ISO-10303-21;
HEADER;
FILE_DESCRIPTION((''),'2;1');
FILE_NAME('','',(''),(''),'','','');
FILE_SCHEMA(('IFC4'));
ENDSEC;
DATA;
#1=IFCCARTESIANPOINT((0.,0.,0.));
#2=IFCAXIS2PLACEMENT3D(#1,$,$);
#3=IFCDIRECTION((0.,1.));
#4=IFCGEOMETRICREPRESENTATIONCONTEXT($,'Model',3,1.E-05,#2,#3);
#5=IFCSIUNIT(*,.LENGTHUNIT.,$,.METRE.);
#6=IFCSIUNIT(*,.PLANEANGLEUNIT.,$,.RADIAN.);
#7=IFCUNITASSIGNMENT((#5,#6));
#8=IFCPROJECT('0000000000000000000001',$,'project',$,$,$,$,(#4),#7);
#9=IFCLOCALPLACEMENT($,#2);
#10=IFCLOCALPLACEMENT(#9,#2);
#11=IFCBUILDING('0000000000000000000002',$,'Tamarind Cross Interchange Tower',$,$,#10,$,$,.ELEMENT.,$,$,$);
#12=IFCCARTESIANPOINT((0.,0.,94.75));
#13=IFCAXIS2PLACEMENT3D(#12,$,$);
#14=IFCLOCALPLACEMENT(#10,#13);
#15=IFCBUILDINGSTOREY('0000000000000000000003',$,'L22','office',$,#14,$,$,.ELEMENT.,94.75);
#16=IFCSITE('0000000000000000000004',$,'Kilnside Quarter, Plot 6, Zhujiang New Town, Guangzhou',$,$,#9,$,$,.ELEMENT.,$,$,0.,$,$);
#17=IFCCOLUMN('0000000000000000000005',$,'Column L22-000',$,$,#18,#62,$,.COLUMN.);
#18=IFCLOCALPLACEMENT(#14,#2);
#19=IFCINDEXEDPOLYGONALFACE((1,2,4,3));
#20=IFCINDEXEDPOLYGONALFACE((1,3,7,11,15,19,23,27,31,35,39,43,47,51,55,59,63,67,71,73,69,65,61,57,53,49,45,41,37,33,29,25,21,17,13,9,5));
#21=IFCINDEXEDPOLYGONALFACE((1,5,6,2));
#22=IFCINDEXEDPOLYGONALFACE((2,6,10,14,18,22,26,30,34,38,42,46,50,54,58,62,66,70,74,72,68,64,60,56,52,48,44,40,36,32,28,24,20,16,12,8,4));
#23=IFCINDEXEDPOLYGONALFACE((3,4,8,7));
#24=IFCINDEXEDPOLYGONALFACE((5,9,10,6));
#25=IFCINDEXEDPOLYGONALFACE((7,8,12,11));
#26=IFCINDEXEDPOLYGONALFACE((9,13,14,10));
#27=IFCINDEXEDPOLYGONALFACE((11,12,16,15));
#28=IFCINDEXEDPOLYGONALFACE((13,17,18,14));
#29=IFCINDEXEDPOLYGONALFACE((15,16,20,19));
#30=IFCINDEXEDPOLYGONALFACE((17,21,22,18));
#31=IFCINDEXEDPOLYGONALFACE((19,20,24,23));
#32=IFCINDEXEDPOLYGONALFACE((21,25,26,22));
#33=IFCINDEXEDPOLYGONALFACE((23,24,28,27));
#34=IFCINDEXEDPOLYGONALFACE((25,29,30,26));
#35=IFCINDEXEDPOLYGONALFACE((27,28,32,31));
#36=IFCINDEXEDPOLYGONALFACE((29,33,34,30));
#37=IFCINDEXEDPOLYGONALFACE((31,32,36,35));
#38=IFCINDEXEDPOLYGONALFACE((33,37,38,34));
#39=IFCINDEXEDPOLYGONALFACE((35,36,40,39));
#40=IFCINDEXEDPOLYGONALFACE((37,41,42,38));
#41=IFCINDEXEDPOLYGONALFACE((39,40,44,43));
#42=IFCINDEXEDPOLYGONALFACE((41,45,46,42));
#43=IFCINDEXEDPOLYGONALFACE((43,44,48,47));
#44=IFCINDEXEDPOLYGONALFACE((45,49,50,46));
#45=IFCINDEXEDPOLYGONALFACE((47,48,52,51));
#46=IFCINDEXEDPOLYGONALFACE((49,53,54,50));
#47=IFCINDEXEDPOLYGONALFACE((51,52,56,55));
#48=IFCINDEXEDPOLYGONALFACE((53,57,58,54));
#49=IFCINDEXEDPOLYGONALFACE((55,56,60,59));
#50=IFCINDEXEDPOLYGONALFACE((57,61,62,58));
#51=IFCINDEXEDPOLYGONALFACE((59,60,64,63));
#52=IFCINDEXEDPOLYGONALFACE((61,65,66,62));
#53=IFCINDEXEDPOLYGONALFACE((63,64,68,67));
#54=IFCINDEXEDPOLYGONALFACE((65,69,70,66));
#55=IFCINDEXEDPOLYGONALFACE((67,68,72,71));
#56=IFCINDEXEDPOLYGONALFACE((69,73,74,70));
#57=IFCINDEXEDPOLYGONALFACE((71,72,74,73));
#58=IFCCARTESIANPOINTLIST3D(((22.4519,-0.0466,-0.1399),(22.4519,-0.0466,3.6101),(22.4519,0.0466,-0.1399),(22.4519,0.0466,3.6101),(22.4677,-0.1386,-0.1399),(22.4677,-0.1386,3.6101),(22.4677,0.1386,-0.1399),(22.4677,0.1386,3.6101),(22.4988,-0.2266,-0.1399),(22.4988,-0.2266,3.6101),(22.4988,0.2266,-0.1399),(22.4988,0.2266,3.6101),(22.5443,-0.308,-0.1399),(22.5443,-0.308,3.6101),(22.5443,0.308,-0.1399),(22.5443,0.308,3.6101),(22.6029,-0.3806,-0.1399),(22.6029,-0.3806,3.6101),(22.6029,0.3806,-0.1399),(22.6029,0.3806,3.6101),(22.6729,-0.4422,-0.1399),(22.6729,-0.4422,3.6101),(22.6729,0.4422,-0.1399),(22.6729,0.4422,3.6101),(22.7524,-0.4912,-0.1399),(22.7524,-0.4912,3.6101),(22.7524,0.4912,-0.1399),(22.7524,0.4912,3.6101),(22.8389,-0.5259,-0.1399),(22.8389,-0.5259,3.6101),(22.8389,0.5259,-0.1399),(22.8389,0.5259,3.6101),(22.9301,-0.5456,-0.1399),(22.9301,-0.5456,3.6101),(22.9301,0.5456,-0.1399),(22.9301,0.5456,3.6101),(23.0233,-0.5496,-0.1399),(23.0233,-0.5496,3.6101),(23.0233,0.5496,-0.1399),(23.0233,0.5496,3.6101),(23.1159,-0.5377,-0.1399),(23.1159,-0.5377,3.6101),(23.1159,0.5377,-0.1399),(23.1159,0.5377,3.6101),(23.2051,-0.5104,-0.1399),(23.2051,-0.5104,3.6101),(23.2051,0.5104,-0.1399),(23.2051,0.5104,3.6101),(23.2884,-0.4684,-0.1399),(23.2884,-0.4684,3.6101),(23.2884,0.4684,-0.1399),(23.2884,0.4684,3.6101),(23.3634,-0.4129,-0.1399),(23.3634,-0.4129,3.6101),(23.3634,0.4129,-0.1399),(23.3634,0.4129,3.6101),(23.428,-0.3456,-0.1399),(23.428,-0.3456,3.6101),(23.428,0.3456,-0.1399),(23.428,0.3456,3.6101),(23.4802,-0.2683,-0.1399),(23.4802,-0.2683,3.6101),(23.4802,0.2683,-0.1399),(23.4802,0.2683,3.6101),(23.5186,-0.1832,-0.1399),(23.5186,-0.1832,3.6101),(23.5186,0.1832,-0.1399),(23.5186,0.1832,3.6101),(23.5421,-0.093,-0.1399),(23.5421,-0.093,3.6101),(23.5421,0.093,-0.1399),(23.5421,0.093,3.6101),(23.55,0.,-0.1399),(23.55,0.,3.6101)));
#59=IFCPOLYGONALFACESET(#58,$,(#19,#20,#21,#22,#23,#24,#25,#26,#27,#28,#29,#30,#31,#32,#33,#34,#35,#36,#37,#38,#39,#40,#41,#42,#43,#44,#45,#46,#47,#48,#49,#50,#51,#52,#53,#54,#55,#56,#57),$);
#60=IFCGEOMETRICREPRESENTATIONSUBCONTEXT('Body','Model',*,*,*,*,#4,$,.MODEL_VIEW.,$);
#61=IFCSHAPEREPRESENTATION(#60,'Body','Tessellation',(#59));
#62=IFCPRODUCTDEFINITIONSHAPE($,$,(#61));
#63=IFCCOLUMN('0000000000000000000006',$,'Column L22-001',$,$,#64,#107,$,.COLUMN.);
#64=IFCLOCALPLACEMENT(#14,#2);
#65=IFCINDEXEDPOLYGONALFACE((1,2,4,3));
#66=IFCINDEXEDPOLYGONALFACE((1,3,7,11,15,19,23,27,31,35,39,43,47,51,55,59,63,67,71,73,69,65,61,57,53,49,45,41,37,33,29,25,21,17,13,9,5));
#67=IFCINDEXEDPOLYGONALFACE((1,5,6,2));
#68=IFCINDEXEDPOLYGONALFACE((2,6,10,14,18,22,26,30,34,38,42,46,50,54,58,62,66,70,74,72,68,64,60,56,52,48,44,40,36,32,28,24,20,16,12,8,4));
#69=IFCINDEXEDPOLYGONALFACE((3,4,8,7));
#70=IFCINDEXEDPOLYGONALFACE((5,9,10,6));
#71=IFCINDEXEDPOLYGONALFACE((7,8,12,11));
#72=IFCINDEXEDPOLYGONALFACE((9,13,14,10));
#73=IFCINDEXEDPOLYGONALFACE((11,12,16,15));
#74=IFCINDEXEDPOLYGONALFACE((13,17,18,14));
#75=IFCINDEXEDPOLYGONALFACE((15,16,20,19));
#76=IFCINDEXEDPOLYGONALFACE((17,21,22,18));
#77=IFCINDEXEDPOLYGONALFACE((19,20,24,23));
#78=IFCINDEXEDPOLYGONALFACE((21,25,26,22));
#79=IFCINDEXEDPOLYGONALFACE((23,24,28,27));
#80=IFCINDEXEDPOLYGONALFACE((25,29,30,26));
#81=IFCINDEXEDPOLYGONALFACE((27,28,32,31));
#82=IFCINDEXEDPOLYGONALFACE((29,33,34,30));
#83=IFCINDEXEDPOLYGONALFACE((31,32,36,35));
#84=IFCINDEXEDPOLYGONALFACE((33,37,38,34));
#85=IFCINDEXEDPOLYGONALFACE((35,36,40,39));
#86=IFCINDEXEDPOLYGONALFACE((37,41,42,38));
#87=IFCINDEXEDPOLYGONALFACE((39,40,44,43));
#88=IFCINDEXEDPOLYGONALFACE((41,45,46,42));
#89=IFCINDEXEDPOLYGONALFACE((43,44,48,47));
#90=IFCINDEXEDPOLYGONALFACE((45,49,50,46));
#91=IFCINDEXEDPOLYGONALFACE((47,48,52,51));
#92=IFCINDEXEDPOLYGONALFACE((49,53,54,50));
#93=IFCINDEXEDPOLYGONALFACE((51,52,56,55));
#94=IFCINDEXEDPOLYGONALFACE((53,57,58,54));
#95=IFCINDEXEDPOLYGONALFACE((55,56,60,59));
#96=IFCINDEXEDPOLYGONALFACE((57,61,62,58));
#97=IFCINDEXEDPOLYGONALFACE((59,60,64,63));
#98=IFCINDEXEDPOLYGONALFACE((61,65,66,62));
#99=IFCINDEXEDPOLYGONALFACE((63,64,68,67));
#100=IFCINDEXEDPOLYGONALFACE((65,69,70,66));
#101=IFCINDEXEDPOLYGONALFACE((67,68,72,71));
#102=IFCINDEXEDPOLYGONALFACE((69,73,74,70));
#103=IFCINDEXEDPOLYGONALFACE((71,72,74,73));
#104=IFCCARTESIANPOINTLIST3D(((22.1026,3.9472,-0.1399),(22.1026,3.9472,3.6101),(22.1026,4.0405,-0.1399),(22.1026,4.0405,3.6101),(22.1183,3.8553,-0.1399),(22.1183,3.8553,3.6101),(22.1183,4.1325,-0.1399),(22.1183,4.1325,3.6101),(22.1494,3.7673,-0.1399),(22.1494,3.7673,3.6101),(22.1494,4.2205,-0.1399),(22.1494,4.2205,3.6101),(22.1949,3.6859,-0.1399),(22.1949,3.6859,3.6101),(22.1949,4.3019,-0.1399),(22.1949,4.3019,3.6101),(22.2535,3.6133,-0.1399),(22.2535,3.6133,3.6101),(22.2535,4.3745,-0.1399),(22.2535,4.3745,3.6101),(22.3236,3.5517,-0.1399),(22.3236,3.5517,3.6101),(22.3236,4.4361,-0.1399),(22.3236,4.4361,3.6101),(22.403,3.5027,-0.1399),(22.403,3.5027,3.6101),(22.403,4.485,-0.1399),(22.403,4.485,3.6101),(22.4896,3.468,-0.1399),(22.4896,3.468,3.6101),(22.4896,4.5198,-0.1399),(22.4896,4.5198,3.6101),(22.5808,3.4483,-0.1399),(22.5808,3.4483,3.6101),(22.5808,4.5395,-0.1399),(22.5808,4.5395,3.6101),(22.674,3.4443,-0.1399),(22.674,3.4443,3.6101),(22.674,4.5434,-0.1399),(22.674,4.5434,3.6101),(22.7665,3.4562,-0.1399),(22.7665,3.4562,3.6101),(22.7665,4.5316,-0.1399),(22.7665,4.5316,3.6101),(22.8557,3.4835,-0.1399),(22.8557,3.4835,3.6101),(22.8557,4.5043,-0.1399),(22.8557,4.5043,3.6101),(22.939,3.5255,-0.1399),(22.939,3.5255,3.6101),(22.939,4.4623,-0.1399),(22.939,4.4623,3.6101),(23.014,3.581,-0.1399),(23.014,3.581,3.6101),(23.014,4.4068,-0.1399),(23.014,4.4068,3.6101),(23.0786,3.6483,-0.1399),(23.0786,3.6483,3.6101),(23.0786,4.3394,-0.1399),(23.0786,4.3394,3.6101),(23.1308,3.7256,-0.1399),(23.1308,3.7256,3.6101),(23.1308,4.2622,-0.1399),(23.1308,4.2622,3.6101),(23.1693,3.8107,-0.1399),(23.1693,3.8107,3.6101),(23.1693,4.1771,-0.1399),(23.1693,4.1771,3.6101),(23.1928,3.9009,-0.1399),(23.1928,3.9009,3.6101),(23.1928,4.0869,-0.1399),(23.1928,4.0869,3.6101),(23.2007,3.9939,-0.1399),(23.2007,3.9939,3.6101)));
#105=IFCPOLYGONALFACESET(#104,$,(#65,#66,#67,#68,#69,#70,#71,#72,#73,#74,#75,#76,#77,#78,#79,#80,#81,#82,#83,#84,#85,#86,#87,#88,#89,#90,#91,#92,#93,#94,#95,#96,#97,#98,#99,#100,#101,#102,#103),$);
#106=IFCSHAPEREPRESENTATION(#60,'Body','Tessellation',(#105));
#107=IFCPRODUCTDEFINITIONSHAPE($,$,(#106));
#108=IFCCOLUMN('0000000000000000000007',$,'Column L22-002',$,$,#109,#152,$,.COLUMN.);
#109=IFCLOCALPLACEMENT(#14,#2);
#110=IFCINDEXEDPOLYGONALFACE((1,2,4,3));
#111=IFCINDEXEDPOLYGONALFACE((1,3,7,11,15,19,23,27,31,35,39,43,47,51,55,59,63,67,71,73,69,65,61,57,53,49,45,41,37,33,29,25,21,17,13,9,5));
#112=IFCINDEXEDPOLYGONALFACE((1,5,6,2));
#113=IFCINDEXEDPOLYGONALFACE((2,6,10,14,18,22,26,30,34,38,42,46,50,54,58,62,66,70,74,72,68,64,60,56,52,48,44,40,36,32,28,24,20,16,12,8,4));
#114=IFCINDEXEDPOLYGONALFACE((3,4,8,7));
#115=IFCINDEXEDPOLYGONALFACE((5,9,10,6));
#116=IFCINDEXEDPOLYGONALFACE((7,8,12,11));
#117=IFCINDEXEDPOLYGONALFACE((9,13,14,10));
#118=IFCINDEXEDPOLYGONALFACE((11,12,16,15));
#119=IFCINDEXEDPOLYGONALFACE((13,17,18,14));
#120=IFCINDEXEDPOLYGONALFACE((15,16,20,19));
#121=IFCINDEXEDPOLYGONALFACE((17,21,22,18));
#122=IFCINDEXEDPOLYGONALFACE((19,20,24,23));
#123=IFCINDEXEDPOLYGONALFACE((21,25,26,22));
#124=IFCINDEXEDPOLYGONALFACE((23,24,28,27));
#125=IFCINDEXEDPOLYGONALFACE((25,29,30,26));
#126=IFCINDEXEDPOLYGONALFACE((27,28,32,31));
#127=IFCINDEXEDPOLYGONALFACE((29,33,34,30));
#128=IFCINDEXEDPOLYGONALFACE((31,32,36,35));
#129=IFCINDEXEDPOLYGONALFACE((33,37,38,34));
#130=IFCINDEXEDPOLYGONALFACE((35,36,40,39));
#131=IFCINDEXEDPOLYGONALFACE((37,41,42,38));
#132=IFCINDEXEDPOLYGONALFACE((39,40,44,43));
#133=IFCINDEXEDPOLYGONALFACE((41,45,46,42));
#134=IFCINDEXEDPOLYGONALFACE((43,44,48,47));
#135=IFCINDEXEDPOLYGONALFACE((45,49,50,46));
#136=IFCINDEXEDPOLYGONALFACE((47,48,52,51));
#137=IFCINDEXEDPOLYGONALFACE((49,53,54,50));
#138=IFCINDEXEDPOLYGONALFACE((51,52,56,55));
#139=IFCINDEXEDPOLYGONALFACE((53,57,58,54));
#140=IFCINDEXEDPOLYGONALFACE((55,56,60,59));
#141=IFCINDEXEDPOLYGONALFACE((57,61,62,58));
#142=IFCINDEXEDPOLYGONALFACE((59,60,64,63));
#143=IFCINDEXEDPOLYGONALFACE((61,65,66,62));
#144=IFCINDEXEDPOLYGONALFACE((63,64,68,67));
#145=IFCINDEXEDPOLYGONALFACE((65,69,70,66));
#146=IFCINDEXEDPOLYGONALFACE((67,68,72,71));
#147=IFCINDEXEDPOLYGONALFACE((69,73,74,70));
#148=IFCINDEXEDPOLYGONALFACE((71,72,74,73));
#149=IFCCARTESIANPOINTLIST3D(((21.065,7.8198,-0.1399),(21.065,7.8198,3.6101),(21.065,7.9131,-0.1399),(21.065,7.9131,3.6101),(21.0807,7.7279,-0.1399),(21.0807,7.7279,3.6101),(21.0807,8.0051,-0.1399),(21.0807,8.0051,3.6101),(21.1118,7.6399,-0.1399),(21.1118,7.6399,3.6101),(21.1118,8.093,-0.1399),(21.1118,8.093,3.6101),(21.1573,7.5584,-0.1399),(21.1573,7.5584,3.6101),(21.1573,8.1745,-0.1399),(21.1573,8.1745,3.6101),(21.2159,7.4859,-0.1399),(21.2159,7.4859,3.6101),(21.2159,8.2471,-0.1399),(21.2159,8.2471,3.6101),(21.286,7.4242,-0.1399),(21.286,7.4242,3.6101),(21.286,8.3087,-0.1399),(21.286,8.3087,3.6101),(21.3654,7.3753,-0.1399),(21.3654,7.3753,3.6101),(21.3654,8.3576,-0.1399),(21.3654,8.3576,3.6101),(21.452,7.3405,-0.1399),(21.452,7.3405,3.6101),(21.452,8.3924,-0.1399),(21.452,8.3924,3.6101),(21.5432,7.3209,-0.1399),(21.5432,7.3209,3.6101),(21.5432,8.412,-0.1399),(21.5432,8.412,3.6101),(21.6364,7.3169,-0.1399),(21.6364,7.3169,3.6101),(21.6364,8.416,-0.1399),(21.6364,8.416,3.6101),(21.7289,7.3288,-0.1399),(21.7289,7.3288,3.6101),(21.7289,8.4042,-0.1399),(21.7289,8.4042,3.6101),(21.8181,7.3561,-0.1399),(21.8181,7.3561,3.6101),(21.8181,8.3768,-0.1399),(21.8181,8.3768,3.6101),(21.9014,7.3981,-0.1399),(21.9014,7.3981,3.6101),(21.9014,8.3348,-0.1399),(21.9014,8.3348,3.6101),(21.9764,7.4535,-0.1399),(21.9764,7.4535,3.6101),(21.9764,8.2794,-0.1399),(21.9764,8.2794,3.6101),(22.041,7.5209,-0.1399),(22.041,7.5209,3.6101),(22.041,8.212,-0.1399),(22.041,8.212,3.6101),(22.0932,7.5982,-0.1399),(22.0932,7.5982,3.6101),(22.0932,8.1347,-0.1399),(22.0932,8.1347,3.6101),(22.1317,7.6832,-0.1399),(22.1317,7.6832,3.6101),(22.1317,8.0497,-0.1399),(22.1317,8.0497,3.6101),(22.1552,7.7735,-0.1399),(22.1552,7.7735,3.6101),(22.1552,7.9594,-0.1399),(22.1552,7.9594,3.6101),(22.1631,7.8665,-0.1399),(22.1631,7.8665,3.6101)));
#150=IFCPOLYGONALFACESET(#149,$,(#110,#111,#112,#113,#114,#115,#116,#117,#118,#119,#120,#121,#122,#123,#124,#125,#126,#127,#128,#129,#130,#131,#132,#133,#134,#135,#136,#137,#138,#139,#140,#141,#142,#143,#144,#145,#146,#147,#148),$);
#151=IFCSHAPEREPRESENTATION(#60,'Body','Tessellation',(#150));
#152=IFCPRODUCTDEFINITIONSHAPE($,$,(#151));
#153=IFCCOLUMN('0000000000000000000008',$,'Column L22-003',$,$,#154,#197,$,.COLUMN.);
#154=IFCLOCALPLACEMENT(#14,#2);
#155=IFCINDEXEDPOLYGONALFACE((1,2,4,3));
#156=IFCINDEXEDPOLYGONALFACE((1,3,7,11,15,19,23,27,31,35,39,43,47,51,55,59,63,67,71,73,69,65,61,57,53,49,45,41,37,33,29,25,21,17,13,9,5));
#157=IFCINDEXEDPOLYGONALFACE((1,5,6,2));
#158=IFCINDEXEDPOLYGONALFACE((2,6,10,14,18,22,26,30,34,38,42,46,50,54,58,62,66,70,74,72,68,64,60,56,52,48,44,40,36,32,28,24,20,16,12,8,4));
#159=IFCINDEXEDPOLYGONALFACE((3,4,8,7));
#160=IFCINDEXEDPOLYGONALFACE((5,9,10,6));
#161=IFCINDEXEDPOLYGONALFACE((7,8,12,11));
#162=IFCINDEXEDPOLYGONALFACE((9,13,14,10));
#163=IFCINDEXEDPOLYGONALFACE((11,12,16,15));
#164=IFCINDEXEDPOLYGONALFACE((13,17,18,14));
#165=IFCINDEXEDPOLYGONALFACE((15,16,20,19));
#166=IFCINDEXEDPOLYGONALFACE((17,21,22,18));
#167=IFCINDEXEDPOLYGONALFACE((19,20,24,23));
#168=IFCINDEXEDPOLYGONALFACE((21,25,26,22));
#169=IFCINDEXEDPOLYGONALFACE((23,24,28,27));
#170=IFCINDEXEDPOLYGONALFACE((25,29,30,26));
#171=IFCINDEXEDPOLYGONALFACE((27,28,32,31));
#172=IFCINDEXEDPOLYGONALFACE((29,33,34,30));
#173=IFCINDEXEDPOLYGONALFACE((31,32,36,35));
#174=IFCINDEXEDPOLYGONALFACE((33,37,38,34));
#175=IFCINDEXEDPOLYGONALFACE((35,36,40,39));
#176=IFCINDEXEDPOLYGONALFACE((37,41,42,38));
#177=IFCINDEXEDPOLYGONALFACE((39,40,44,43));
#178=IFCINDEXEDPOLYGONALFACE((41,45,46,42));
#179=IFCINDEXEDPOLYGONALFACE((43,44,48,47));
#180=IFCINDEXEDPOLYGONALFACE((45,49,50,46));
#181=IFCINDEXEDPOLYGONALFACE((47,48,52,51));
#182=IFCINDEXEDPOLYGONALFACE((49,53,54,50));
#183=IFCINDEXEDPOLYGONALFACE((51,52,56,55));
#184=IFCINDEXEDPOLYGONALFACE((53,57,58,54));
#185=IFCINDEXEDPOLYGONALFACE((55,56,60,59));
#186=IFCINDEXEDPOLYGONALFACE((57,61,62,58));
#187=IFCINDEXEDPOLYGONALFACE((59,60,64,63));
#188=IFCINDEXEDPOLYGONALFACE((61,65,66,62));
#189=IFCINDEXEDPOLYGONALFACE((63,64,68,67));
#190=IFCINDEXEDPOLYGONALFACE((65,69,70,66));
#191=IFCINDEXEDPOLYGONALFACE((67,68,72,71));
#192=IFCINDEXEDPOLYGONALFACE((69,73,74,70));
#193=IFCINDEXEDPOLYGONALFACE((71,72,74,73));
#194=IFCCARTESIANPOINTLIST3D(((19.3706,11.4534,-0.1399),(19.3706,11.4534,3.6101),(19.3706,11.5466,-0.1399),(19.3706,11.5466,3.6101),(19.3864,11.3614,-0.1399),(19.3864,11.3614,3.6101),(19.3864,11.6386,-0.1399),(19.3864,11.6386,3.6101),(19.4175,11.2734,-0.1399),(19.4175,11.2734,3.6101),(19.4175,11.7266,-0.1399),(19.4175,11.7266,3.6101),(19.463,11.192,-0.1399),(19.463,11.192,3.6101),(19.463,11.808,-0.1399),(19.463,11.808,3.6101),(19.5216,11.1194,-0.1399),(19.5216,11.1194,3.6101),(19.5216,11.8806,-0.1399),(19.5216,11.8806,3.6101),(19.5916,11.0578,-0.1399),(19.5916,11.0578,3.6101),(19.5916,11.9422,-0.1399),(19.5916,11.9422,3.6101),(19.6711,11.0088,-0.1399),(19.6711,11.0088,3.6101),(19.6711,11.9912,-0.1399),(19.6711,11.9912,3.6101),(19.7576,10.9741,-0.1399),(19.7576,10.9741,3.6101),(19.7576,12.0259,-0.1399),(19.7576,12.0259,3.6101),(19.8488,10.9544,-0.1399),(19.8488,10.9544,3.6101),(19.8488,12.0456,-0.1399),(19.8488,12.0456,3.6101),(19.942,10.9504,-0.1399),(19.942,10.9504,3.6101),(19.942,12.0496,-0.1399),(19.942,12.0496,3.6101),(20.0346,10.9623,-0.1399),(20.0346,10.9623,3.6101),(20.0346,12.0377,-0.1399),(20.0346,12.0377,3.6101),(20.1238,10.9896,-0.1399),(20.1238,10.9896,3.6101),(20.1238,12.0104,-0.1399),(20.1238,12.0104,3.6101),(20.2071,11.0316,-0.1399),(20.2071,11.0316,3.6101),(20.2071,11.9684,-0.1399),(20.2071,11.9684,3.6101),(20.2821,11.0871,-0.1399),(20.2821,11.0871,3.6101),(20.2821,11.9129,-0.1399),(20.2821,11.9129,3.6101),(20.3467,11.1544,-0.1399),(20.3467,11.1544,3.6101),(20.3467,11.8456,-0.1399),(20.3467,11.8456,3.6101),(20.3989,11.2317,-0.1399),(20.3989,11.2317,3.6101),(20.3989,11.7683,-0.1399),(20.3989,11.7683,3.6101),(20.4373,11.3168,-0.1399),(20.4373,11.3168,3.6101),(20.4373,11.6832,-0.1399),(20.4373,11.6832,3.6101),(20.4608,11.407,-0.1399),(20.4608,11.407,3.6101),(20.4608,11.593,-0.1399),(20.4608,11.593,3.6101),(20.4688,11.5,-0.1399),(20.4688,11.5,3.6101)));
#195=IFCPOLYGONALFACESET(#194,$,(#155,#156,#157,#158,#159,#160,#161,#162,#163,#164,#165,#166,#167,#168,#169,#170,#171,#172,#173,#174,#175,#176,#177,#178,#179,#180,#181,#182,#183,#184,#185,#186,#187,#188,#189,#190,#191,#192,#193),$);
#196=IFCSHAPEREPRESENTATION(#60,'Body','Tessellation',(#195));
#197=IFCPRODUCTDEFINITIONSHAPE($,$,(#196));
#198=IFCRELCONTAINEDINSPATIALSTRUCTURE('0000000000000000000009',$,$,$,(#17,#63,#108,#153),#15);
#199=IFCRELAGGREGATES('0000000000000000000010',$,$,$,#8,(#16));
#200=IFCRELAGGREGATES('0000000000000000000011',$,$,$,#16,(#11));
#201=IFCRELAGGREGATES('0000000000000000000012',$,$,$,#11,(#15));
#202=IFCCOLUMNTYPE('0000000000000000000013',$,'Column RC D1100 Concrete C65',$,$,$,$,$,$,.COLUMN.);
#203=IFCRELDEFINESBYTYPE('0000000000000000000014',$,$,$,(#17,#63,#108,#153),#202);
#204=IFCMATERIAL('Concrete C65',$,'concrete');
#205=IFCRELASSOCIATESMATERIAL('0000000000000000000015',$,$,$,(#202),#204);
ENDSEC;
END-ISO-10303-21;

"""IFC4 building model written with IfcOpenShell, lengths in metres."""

from ifc_helpers import new_model, si_unit, direction, frame, origin, origin_2d, place, context, subcontext, project, spatial, circle, extrude, material, material_profile, profile_set, type_object, element, save


model = new_model("IFC4")

# Units and contexts
model_context = context("Model", 3, precision=1e-05, world=origin(), true_north=direction((0.0, 1.0)))
body_context = subcontext(model_context, "Body", "Model", "MODEL_VIEW")
ifc_project = project(units=[si_unit("LENGTHUNIT", "METRE"), si_unit("PLANEANGLEUNIT", "RADIAN")], contexts=[model_context])

# Site, building, storey
site_placement = place(None, origin())
site = spatial("IfcSite", under=ifc_project, at=site_placement, Name="Kilnside Quarter, Plot 6, Zhujiang New Town, Guangzhou", CompositionType="ELEMENT", RefElevation=0.0)
building_placement = place(site_placement, origin())
building = spatial("IfcBuilding", under=site, at=building_placement, Name="Tamarind Cross Interchange Tower", CompositionType="ELEMENT")
storey_placement = place(building_placement, frame((0.0, 0.0, 94.75)))
storey = spatial("IfcBuildingStorey", under=building, at=storey_placement, Name="L22", Description="office", CompositionType="ELEMENT", Elevation=94.75)

# Columns
ifc_material_1 = material(Name="Concrete C65", Category="concrete")
ifc_material_profile_1 = material_profile(ifc_material_1, circle(Radius=0.55, at=origin_2d()), Name="RC D1100")
ifc_profile_set_1 = profile_set([ifc_material_profile_1], Name="Concrete C65")
column_type = type_object("IfcColumnType", Name="Column RC D1100 Concrete C65", PredefinedType="COLUMN", material=ifc_profile_set_1)
for number, where, z_axis, x_axis, name in (
    (1, (23.0, 0.0, -0.1399), (0.0, 0.0, 1.0), (1.0, 0.0, 0.0), "Column L22-000"),
    (2, (22.6506, 3.9939, -0.1399), (0.0, 0.0, 1.0), (1.0, 0.0, 0.0), "Column L22-001"),
    (3, (21.613, 7.8665, -0.1399), (0.0, 0.0, 1.0), (1.0, 0.0, 0.0), "Column L22-002"),
    (4, (19.9187, 11.5, -0.1399), (0.0, 0.0, 1.0), (1.0, 0.0, 0.0), "Column L22-003"),
):
    element("IfcColumn", number, at=place(storey_placement, frame(where, z_axis=z_axis, x_axis=x_axis)), inside=storey, type_object=column_type, Name=name, PredefinedType="COLUMN", context=body_context, shape_type="SweptSolid", body=[
        extrude(circle(Radius=0.55, at=origin_2d()), origin(), (0.0, 0.0, 1.0), 3.75),
    ])

save(model, "model.ifc")
